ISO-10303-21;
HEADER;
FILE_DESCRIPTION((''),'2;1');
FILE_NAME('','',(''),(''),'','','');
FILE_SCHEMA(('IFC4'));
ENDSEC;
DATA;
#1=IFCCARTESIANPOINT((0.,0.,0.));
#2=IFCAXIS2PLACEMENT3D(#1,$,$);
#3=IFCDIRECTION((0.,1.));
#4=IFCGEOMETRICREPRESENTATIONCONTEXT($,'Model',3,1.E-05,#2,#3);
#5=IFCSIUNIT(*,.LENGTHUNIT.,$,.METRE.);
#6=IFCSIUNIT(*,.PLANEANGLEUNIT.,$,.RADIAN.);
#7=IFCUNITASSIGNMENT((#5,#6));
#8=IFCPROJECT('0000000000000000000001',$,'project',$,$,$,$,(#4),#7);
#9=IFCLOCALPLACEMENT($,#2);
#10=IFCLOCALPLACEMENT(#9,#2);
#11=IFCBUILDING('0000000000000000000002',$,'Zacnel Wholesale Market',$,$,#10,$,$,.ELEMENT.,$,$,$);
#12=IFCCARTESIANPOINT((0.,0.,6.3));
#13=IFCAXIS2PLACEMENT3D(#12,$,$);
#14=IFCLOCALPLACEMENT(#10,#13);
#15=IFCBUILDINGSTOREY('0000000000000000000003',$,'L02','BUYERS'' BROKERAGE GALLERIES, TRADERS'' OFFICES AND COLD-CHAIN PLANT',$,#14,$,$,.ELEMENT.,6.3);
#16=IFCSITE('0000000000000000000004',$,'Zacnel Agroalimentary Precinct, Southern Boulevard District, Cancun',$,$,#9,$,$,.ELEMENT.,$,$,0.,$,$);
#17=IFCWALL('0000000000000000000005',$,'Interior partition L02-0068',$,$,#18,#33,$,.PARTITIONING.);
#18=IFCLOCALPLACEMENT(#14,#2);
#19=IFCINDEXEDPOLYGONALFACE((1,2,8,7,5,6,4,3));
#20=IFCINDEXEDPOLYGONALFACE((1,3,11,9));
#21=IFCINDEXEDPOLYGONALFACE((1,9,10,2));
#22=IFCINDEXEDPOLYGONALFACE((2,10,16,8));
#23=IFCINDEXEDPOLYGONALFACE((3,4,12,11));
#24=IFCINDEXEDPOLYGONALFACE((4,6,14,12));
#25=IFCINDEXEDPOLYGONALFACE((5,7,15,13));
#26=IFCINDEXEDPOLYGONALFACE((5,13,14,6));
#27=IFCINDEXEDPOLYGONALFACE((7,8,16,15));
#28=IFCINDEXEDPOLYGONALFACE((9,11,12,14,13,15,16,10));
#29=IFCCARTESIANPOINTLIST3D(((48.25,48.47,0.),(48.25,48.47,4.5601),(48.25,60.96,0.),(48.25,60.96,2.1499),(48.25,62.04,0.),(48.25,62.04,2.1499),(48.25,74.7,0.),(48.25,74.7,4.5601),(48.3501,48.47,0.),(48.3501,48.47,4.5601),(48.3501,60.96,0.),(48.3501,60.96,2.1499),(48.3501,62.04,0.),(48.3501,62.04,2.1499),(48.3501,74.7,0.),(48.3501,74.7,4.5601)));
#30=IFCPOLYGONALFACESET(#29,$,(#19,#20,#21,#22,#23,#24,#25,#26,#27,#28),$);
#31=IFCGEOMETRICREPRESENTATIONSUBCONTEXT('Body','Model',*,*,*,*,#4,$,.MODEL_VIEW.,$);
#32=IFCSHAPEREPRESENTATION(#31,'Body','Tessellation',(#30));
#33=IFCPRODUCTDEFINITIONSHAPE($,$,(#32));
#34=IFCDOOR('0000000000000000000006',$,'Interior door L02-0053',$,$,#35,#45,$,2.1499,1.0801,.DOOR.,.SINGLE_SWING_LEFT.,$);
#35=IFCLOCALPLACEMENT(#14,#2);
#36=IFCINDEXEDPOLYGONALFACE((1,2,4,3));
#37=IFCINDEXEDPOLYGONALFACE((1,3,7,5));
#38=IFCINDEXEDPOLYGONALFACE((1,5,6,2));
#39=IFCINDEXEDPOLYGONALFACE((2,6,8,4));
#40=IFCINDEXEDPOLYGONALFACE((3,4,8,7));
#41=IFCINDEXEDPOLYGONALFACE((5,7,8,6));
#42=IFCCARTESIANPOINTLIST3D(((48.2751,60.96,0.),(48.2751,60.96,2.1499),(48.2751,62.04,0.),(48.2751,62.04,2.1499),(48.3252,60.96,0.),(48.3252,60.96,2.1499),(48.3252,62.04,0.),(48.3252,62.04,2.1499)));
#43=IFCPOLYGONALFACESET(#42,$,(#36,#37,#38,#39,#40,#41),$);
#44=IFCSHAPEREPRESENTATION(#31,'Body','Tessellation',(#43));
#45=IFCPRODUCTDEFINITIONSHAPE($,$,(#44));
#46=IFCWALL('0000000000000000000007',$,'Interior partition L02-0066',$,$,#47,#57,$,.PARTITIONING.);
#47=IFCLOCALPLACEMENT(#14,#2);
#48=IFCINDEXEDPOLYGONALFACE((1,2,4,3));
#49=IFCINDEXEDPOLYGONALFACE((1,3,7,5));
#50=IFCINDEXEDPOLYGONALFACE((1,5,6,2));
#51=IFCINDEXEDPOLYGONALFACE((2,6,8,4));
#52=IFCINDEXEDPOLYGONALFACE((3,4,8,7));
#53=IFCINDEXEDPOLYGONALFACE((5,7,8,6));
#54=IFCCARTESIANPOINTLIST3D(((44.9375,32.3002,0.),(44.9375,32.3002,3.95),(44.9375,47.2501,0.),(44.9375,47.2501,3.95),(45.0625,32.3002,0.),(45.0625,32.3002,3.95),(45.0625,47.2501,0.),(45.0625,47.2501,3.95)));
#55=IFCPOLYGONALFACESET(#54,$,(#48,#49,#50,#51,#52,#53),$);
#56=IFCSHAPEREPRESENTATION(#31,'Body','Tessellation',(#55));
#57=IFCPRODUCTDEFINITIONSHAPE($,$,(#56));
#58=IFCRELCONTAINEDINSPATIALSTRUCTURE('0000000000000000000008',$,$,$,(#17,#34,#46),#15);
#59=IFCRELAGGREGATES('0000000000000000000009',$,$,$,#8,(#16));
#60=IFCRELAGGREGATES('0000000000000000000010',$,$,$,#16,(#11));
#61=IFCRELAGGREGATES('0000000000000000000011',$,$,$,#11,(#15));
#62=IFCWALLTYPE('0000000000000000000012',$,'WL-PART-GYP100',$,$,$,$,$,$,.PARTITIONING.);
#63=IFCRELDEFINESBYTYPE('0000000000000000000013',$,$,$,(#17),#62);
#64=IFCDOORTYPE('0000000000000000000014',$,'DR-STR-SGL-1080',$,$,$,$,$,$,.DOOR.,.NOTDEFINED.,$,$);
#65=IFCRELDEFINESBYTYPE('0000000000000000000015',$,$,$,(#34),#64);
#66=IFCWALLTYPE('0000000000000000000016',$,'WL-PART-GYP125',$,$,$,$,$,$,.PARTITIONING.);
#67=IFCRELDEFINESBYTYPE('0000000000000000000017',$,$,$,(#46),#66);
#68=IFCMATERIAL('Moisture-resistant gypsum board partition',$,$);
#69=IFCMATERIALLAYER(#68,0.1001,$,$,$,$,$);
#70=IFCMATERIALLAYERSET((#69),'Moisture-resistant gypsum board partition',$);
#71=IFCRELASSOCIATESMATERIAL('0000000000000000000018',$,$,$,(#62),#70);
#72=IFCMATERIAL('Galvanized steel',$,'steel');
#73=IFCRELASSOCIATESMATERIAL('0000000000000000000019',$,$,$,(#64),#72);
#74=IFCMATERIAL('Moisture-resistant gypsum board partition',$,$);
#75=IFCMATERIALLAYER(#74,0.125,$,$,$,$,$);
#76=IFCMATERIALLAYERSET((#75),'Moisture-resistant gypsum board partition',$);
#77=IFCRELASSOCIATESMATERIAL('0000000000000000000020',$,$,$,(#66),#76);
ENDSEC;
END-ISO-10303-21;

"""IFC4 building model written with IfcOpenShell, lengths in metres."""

from ifc_helpers import new_model, si_unit, direction, frame, frame_2d, origin, place, context, subcontext, project, spatial, rectangle, extrude, material, layer, layer_set, type_object, element, fill, save


model = new_model("IFC4")

# Units and contexts
model_context = context("Model", 3, precision=1e-05, world=origin(), true_north=direction((0.0, 1.0)))
body_context = subcontext(model_context, "Body", "Model", "MODEL_VIEW")
ifc_project = project(units=[si_unit("LENGTHUNIT", "METRE"), si_unit("PLANEANGLEUNIT", "RADIAN")], contexts=[model_context])

# Site, building, storey
site_placement = place(None, origin())
site = spatial("IfcSite", under=ifc_project, at=site_placement, Name="Zacnel Agroalimentary Precinct, Southern Boulevard District, Cancun", CompositionType="ELEMENT", RefElevation=0.0)
building_placement = place(site_placement, origin())
building = spatial("IfcBuilding", under=site, at=building_placement, Name="Zacnel Wholesale Market", CompositionType="ELEMENT")
storey_placement = place(building_placement, frame((0.0, 0.0, 6.3)))
storey = spatial("IfcBuildingStorey", under=building, at=storey_placement, Name="L02", Description="BUYERS' BROKERAGE GALLERIES, TRADERS' OFFICES AND COLD-CHAIN PLANT", CompositionType="ELEMENT", Elevation=6.3)

# Wall, opening, door
ifc_material_1 = material(Name="Moisture-resistant gypsum board partition")
ifc_layer_1 = layer(ifc_material_1, 0.1001)
ifc_layer_set_1 = layer_set([ifc_layer_1], Name="Moisture-resistant gypsum board partition")
wall_type_1 = type_object("IfcWallType", Name="WL-PART-GYP100", PredefinedType="PARTITIONING", material=ifc_layer_set_1)
wall_1_placement = place(storey_placement, frame((48.3, 48.47, 0.0), z_axis=(0.0, 0.0, 1.0), x_axis=(0.0, 1.0, 0.0)))
wall_1 = element("IfcWall", 1, at=wall_1_placement, inside=storey, type_object=wall_type_1, Name="Interior partition L02-0068", PredefinedType="PARTITIONING", context=body_context, shape_type="SweptSolid", body=[
    extrude(rectangle(XDim=26.23, YDim=0.1001, at=frame_2d((13.115, 0.0))), origin(), (0.0, 0.0, 1.0), 4.5601),
])
opening_1_placement = place(wall_1_placement, frame((12.49, 0.0, 0.0)))
opening_1 = element("IfcOpeningElement", 2, at=opening_1_placement, cuts=wall_1, PredefinedType="OPENING", context=body_context, shape_type="SweptSolid", body=[
    extrude(rectangle(XDim=1.0801, YDim=2.1499, at=frame_2d((0.54, 1.075))), frame((0.0, 0.0601, 0.0), z_axis=(0.0, -1.0, 0.0), x_axis=(1.0, 0.0, 0.0)), (0.0, 0.0, 1.0), 0.1201),
])
ifc_material_2 = material(Name="Galvanized steel", Category="steel")
door_type = type_object("IfcDoorType", Name="DR-STR-SGL-1080", OperationType="NOTDEFINED", PredefinedType="DOOR", material=ifc_material_2)
door_placement = place(opening_1_placement, origin())
door = element("IfcDoor", 3, at=door_placement, inside=storey, type_object=door_type, Name="Interior door L02-0053", OperationType="SINGLE_SWING_LEFT", OverallHeight=2.1499, OverallWidth=1.0801, PredefinedType="DOOR", context=body_context, shape_type="SweptSolid", body=[
    extrude(rectangle(XDim=1.0801, YDim=2.1499, at=frame_2d((0.54, 1.075))), frame((0.0, 0.0249, 0.0), z_axis=(0.0, -1.0, 0.0), x_axis=(1.0, 0.0, 0.0)), (0.0, 0.0, 1.0), 0.05),
])
fill(opening_1, door)

# Wall
ifc_material_3 = material(Name="Moisture-resistant gypsum board partition")
ifc_layer_2 = layer(ifc_material_3, 0.125)
ifc_layer_set_2 = layer_set([ifc_layer_2], Name="Moisture-resistant gypsum board partition")
wall_type_2 = type_object("IfcWallType", Name="WL-PART-GYP125", PredefinedType="PARTITIONING", material=ifc_layer_set_2)
wall_2_placement = place(storey_placement, frame((45.0, 32.3, 0.0), z_axis=(0.0, 0.0, 1.0), x_axis=(0.0, 1.0, 0.0)))
element("IfcWall", 4, at=wall_2_placement, inside=storey, type_object=wall_type_2, Name="Interior partition L02-0066", PredefinedType="PARTITIONING", context=body_context, shape_type="SweptSolid", body=[
    extrude(rectangle(XDim=14.95, YDim=0.125, at=frame_2d((7.4751, 0.0))), origin(), (0.0, 0.0, 1.0), 3.95),
])

save(model, "model.ifc")
